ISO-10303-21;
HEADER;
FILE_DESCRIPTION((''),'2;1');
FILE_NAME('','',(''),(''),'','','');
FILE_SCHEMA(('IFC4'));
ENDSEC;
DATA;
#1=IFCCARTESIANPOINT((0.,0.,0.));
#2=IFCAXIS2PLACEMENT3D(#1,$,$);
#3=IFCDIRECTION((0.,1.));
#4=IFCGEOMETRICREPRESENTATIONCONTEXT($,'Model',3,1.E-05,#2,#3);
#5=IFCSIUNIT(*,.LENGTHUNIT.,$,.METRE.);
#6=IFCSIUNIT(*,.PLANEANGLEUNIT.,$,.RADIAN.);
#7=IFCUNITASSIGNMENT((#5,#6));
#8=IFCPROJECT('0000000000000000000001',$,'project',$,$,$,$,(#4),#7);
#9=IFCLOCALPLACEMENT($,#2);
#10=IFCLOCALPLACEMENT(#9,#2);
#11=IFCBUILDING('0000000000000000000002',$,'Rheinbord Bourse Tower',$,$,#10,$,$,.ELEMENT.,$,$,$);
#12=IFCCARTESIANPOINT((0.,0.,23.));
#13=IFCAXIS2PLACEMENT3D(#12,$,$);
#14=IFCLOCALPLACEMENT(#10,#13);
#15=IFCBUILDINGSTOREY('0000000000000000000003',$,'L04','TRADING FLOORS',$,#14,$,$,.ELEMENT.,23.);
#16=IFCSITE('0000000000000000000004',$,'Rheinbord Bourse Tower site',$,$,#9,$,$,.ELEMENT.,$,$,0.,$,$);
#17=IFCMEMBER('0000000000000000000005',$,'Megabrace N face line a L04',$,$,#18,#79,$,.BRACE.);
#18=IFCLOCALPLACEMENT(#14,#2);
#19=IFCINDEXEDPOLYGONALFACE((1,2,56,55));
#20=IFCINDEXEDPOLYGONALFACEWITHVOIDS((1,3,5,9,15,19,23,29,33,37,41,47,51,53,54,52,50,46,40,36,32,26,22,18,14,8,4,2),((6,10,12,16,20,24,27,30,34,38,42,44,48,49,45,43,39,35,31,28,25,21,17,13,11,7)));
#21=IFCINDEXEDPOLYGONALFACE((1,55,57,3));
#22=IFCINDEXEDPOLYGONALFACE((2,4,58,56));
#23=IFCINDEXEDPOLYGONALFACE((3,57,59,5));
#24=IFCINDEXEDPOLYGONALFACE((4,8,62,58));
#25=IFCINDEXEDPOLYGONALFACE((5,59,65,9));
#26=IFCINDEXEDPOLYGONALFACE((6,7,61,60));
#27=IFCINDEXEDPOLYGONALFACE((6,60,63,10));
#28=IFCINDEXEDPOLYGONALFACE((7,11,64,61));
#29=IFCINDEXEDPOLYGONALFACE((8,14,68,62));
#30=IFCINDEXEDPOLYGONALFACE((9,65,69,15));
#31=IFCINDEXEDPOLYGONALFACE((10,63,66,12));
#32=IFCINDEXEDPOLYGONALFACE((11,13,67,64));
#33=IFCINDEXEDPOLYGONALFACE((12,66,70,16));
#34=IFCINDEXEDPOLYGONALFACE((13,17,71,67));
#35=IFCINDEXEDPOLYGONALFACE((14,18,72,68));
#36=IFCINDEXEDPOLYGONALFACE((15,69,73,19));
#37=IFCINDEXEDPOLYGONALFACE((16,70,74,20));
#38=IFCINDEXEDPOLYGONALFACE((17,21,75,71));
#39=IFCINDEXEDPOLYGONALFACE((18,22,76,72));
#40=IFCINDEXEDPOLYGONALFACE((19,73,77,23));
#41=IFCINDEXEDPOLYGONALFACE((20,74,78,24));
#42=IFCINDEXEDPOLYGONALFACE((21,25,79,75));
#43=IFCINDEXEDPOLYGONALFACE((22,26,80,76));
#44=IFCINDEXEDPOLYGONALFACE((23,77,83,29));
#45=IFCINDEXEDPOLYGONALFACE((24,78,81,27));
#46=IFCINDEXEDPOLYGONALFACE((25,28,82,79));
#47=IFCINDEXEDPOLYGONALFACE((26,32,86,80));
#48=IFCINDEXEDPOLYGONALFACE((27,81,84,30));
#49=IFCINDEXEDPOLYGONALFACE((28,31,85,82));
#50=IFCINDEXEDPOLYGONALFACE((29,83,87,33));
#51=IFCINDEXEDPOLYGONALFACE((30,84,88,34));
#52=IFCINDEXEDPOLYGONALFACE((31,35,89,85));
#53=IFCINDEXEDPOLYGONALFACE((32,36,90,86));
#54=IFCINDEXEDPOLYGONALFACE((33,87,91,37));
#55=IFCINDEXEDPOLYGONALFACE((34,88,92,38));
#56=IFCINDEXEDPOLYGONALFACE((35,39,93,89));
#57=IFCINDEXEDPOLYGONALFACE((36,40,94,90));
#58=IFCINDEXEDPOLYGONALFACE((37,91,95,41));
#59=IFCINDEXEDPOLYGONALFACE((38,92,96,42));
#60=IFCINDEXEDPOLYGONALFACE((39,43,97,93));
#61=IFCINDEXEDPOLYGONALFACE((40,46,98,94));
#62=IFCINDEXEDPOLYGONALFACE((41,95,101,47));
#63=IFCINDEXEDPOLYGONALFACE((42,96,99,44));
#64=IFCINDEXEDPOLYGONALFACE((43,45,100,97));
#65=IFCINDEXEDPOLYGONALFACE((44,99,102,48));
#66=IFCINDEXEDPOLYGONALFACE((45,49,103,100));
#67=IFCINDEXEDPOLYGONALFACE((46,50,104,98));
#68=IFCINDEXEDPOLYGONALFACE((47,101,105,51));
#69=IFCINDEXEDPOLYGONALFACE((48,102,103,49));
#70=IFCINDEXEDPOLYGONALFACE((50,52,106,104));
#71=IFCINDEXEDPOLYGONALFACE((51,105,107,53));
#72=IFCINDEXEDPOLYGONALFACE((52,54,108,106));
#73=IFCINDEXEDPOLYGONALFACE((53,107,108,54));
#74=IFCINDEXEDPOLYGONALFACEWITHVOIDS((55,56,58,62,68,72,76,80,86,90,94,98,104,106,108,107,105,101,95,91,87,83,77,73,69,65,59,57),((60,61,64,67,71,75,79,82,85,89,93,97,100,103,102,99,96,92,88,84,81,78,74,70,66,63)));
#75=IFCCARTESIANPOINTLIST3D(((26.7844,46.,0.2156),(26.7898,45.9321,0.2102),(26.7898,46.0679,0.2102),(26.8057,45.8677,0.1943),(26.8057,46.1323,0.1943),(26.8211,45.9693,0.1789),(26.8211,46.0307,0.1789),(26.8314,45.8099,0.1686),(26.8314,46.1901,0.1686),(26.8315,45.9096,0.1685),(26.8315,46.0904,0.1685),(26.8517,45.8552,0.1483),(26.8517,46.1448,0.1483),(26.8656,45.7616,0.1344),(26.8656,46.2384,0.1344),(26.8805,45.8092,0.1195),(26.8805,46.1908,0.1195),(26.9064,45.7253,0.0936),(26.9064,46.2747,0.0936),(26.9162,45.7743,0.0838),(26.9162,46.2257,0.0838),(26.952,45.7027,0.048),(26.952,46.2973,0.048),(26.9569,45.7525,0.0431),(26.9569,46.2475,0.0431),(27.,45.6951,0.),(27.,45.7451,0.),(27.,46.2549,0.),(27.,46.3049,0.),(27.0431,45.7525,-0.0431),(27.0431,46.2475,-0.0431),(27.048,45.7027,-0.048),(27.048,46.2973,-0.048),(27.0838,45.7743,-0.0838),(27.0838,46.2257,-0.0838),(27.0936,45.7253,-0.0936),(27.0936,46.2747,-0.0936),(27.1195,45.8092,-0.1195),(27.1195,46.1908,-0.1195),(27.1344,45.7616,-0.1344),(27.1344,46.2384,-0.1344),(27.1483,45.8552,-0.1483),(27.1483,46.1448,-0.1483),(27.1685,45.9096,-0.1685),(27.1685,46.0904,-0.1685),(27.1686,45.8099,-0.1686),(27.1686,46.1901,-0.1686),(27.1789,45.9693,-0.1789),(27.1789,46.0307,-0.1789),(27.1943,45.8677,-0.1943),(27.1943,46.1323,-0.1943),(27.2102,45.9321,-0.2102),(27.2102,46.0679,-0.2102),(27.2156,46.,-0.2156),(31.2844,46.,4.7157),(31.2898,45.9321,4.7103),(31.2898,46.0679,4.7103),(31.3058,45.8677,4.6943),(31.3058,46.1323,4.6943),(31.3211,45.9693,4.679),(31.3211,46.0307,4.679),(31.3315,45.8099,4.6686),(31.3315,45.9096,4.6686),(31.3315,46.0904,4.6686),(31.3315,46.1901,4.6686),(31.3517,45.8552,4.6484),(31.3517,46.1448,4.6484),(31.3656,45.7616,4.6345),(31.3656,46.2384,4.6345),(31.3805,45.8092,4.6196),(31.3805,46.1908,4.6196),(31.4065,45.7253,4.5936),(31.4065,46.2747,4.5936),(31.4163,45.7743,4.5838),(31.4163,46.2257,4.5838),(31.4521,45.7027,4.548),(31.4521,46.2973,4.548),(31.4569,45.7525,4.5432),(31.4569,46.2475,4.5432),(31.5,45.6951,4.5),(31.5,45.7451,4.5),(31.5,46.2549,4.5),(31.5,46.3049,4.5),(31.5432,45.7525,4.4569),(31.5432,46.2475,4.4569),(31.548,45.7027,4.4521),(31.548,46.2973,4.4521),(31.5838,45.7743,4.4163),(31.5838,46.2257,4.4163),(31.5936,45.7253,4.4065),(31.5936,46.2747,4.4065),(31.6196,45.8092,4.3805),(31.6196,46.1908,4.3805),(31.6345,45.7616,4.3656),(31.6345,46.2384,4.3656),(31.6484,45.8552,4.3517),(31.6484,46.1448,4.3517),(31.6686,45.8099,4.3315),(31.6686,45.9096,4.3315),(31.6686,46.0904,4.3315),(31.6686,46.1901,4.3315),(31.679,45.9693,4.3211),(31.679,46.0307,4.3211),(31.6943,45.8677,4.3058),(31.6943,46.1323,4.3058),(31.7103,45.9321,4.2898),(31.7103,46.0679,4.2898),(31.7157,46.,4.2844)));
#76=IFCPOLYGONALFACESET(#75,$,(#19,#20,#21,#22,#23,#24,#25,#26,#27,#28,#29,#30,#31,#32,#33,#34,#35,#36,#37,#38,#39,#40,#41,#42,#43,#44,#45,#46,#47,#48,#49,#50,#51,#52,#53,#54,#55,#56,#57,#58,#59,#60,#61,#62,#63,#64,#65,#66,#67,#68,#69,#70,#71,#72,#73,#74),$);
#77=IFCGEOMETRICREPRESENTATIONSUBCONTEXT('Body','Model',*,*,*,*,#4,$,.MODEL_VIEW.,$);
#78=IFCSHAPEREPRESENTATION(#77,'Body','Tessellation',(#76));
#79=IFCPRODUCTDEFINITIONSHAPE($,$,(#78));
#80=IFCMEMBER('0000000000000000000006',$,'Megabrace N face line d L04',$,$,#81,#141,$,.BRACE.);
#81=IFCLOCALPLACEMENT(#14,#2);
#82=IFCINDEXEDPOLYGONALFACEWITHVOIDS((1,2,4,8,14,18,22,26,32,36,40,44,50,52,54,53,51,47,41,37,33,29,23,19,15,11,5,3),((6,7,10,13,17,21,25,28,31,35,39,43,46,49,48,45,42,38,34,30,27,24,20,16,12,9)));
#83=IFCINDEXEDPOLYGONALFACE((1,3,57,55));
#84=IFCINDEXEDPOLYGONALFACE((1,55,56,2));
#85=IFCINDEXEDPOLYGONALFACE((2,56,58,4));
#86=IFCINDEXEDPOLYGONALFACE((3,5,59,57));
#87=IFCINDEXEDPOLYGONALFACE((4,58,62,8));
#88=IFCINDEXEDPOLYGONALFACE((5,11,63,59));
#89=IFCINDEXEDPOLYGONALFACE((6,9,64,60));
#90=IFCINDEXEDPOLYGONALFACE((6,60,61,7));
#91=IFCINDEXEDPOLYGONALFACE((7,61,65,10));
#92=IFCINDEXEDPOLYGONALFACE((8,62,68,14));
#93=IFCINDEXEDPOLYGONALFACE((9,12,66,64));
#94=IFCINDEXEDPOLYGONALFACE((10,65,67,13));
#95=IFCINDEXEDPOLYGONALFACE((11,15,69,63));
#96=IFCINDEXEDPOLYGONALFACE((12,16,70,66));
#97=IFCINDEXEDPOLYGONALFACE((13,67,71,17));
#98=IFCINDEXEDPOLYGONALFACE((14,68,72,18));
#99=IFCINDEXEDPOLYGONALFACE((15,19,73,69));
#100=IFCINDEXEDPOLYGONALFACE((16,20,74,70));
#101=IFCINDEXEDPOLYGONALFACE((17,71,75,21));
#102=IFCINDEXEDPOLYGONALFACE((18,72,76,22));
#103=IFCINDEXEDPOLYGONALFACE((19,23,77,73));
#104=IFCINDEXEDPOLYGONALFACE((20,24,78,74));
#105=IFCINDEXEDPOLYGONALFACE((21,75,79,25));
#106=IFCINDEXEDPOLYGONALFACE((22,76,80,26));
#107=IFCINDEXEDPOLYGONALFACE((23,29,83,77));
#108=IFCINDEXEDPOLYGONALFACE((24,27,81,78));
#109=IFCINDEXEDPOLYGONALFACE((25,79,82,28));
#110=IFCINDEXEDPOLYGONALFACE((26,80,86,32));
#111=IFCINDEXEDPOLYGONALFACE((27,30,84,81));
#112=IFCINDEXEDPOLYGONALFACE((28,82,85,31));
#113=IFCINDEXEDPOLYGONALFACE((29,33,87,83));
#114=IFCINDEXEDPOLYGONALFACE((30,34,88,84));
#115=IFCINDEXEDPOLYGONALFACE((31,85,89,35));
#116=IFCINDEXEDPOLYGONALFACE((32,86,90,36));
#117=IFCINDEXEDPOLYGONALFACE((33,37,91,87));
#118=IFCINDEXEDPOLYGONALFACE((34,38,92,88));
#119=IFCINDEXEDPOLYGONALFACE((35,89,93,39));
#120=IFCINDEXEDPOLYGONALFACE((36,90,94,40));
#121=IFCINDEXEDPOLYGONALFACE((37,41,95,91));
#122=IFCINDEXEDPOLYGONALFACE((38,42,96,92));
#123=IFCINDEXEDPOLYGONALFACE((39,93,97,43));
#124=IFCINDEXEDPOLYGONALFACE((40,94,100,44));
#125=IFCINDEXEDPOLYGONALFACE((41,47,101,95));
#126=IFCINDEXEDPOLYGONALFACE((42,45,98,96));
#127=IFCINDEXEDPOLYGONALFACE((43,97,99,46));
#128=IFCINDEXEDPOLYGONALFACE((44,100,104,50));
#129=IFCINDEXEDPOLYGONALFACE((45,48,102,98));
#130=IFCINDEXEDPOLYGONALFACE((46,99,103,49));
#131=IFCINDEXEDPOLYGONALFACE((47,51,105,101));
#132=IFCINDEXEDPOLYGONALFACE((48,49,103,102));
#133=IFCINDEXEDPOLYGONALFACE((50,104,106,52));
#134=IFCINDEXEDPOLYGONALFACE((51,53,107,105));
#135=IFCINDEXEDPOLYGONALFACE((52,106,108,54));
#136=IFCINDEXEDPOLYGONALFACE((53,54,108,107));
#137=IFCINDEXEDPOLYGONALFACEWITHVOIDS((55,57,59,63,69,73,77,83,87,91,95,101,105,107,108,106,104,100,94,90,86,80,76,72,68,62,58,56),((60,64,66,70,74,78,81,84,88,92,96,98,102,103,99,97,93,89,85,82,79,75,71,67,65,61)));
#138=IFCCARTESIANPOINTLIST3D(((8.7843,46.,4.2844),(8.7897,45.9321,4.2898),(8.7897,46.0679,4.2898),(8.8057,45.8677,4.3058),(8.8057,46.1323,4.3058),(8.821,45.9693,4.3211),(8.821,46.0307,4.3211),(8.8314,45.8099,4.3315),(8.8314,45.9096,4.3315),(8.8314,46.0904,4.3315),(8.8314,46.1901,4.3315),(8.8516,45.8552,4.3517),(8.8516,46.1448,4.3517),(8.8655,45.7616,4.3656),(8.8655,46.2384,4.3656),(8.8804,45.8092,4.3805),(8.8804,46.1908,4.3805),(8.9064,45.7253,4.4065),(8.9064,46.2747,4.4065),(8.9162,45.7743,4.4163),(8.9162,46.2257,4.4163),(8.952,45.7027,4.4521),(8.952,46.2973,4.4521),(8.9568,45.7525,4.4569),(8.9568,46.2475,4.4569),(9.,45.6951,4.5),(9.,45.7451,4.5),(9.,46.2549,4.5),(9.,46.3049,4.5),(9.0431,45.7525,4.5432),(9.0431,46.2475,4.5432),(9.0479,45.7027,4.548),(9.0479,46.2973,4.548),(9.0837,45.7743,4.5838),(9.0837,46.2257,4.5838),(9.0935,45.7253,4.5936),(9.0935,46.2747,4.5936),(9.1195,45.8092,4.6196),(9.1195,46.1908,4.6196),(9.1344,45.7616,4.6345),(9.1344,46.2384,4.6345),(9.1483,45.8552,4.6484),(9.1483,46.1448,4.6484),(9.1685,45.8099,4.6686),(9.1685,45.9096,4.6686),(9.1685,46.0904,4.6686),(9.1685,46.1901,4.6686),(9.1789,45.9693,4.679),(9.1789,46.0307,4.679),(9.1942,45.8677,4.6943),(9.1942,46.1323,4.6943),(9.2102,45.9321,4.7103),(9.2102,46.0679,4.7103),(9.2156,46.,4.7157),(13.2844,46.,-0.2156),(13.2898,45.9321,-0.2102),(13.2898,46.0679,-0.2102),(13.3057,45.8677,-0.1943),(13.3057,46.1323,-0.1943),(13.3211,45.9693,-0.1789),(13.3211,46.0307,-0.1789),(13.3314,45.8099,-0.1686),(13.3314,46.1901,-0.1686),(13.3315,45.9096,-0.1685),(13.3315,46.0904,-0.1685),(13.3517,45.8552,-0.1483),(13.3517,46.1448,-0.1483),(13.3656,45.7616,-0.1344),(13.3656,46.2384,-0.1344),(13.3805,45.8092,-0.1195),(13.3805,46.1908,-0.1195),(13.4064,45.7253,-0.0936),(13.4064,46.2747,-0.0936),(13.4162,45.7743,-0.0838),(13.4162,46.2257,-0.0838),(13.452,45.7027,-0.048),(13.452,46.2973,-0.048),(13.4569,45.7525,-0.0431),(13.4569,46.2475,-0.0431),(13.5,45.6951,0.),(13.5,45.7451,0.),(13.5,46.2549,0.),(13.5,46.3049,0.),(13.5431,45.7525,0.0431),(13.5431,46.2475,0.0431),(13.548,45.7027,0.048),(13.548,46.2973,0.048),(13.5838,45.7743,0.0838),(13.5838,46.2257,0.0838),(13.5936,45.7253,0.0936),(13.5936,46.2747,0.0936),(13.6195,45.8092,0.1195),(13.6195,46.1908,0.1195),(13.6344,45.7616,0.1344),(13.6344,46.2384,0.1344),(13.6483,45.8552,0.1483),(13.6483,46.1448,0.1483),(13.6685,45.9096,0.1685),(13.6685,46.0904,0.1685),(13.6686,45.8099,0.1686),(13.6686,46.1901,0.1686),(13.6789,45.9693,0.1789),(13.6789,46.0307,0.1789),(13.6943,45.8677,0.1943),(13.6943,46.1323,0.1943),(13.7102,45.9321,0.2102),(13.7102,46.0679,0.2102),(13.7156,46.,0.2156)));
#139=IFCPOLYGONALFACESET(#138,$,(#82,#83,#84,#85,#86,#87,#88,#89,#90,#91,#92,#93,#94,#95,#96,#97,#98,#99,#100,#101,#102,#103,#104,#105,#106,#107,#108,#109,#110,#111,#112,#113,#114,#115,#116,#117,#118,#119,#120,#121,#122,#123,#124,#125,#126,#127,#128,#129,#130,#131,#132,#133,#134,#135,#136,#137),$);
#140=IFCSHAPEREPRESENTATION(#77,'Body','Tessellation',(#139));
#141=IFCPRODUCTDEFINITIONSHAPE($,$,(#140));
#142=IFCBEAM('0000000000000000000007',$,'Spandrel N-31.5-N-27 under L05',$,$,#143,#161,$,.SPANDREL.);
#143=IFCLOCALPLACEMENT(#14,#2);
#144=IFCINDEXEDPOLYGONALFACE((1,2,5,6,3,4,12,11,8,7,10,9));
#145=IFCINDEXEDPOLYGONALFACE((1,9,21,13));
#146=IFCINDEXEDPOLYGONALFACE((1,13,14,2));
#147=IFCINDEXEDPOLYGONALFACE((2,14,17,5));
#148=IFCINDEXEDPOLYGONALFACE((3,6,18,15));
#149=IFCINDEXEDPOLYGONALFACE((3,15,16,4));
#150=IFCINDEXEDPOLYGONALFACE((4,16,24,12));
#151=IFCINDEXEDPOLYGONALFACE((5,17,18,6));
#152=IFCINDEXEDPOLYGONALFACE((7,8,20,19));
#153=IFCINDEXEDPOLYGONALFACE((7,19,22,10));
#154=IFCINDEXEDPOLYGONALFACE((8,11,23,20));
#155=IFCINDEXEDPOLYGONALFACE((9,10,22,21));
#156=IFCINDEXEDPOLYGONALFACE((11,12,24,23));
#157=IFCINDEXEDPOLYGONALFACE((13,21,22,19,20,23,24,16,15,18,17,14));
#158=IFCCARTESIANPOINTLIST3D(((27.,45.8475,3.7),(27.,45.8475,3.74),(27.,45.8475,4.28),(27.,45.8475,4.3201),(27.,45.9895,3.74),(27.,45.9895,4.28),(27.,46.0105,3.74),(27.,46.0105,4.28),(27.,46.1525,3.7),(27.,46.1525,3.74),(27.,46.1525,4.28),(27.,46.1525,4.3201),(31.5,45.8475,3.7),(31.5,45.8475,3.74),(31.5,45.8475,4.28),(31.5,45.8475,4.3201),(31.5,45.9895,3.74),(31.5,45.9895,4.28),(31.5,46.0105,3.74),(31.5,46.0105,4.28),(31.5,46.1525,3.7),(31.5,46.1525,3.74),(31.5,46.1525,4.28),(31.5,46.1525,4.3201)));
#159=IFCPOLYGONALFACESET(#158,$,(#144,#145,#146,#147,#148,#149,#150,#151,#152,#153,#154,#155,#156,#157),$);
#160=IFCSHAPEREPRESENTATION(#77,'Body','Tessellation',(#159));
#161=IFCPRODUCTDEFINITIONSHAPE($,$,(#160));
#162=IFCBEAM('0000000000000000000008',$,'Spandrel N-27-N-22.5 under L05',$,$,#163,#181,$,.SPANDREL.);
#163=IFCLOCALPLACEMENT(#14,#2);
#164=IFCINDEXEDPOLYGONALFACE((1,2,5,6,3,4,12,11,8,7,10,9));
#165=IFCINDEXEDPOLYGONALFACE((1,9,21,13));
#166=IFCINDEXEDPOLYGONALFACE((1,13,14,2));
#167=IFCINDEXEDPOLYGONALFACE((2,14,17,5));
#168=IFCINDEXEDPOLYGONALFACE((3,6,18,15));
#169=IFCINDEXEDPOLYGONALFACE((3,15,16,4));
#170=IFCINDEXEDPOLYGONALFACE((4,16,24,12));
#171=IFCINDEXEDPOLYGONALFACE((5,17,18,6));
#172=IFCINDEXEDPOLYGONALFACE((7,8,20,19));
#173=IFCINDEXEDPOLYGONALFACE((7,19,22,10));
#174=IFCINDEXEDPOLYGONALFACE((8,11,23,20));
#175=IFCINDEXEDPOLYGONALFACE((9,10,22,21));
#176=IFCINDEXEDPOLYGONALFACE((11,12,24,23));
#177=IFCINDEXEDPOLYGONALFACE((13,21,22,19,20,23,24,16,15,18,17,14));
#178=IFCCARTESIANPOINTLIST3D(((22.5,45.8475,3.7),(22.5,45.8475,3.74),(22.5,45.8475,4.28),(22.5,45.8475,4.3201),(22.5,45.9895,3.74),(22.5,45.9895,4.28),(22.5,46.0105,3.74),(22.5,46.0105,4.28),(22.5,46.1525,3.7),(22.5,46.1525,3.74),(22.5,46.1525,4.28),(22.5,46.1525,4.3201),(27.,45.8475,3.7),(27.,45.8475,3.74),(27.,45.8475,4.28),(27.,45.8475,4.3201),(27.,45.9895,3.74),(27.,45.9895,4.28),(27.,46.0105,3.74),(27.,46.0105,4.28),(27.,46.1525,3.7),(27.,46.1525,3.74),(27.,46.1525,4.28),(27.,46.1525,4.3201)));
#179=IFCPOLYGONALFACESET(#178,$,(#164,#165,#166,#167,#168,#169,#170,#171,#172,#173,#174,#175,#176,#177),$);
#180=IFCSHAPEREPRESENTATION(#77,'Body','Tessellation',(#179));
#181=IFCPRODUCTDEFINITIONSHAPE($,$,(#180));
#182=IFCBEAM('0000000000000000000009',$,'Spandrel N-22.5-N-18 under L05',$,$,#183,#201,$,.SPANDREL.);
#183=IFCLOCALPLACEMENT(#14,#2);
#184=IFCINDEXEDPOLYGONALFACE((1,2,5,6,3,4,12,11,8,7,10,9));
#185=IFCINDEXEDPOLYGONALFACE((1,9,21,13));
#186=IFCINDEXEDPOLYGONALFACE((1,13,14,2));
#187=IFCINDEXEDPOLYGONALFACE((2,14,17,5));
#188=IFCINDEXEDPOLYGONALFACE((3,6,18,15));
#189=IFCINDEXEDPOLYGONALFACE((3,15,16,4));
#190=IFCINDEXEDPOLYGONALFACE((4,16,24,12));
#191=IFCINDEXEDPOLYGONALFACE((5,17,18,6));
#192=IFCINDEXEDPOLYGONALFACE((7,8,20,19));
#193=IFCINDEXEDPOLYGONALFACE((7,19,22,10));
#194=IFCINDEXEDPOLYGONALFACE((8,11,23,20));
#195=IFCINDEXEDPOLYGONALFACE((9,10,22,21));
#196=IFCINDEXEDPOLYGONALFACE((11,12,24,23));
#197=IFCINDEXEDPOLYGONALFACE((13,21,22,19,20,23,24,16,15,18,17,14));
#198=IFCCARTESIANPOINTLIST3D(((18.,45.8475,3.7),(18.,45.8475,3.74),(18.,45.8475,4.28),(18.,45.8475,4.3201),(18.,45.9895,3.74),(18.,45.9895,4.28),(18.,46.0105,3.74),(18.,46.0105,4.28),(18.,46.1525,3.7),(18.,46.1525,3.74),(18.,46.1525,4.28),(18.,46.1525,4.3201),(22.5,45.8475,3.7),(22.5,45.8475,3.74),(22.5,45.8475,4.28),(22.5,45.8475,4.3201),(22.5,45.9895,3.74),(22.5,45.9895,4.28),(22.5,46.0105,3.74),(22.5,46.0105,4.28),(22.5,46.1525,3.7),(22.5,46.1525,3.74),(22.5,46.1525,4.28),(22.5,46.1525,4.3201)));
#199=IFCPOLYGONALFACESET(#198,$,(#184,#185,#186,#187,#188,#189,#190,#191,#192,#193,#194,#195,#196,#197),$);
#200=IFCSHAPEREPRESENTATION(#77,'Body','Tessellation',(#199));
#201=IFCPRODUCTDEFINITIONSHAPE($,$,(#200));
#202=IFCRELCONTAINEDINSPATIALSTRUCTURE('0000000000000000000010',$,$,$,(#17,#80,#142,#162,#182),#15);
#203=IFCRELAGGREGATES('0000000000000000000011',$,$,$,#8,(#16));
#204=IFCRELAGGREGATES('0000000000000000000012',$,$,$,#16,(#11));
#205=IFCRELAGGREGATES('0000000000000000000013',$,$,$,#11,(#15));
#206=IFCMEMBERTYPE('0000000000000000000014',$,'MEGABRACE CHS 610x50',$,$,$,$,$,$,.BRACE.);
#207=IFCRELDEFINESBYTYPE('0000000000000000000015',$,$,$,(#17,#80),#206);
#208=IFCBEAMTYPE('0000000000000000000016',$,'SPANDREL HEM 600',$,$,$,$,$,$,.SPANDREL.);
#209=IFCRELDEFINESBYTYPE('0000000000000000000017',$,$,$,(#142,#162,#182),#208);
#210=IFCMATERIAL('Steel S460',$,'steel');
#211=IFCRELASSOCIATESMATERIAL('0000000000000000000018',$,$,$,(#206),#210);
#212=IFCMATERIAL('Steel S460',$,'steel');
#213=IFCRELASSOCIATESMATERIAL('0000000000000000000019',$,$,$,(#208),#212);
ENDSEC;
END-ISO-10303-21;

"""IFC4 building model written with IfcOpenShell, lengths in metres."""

from ifc_helpers import new_model, si_unit, direction, frame, origin, origin_2d, place, context, subcontext, project, spatial, hollow_circle, i_section, extrude, material, material_profile, profile_set, type_object, element, save


model = new_model("IFC4")

# Units and contexts
model_context = context("Model", 3, precision=1e-05, world=origin(), true_north=direction((0.0, 1.0)))
body_context = subcontext(model_context, "Body", "Model", "MODEL_VIEW")
ifc_project = project(units=[si_unit("LENGTHUNIT", "METRE"), si_unit("PLANEANGLEUNIT", "RADIAN")], contexts=[model_context])

# Site, building, storey
site_placement = place(None, origin())
site = spatial("IfcSite", under=ifc_project, at=site_placement, Name="Rheinbord Bourse Tower site", CompositionType="ELEMENT", RefElevation=0.0)
building_placement = place(site_placement, origin())
building = spatial("IfcBuilding", under=site, at=building_placement, Name="Rheinbord Bourse Tower", CompositionType="ELEMENT")
storey_placement = place(building_placement, frame((0.0, 0.0, 23.0)))
storey = spatial("IfcBuildingStorey", under=building, at=storey_placement, Name="L04", Description="TRADING FLOORS", CompositionType="ELEMENT", Elevation=23.0)

# Members
ifc_material_1 = material(Name="Steel S460", Category="steel")
ifc_material_profile_1 = material_profile(ifc_material_1, hollow_circle(Radius=0.3049, WallThickness=0.05, at=origin_2d()), Name="CHS 610x50")
ifc_profile_set_1 = profile_set([ifc_material_profile_1], Name="Steel S460")
member_type_1 = type_object("IfcMemberType", Name="MEGABRACE CHS 610x50", PredefinedType="BRACE", material=ifc_profile_set_1)
for number, where, z_axis, x_axis, name in (
    (1, (27.0, 46.0, 0.0), (0.707107, 0.0, 0.707107), (0.0, 1.0, 0.0), "Megabrace N face line a L04"),
    (2, (13.5, 46.0, 0.0), (-0.707107, 0.0, 0.707107), (0.0, -1.0, 0.0), "Megabrace N face line d L04"),
):
    element("IfcMember", number, at=place(storey_placement, frame(where, z_axis=z_axis, x_axis=x_axis)), inside=storey, type_object=member_type_1, Name=name, PredefinedType="BRACE", context=body_context, shape_type="SweptSolid", body=[
        extrude(hollow_circle(Radius=0.3049, WallThickness=0.05, at=origin_2d()), origin(), (0.0, 0.0, 1.0), 6.364),
    ])

# Beams
ifc_material_2 = material(Name="Steel S460", Category="steel")
ifc_material_profile_2 = material_profile(ifc_material_2, i_section(OverallWidth=0.3049, OverallDepth=0.6201, WebThickness=0.021, FlangeThickness=0.04, at=origin_2d()), Name="HEM 600")
ifc_profile_set_2 = profile_set([ifc_material_profile_2], Name="Steel S460")
beam_type_1 = type_object("IfcBeamType", Name="SPANDREL HEM 600", PredefinedType="SPANDREL", material=ifc_profile_set_2)
for number, where, z_axis, x_axis, name in (
    (3, (31.5, 46.0, 4.01), (-1.0, 0.0, 0.0), (0.0, -1.0, 0.0), "Spandrel N-31.5-N-27 under L05"),
    (4, (27.0, 46.0, 4.01), (-1.0, 0.0, 0.0), (0.0, -1.0, 0.0), "Spandrel N-27-N-22.5 under L05"),
    (5, (22.5, 46.0, 4.01), (-1.0, 0.0, 0.0), (0.0, -1.0, 0.0), "Spandrel N-22.5-N-18 under L05"),
):
    element("IfcBeam", number, at=place(storey_placement, frame(where, z_axis=z_axis, x_axis=x_axis)), inside=storey, type_object=beam_type_1, Name=name, PredefinedType="SPANDREL", context=body_context, shape_type="SweptSolid", body=[
        extrude(i_section(OverallWidth=0.3049, OverallDepth=0.6201, WebThickness=0.021, FlangeThickness=0.04, at=origin_2d()), origin(), (0.0, 0.0, 1.0), 4.5),
    ])

save(model, "model.ifc")
